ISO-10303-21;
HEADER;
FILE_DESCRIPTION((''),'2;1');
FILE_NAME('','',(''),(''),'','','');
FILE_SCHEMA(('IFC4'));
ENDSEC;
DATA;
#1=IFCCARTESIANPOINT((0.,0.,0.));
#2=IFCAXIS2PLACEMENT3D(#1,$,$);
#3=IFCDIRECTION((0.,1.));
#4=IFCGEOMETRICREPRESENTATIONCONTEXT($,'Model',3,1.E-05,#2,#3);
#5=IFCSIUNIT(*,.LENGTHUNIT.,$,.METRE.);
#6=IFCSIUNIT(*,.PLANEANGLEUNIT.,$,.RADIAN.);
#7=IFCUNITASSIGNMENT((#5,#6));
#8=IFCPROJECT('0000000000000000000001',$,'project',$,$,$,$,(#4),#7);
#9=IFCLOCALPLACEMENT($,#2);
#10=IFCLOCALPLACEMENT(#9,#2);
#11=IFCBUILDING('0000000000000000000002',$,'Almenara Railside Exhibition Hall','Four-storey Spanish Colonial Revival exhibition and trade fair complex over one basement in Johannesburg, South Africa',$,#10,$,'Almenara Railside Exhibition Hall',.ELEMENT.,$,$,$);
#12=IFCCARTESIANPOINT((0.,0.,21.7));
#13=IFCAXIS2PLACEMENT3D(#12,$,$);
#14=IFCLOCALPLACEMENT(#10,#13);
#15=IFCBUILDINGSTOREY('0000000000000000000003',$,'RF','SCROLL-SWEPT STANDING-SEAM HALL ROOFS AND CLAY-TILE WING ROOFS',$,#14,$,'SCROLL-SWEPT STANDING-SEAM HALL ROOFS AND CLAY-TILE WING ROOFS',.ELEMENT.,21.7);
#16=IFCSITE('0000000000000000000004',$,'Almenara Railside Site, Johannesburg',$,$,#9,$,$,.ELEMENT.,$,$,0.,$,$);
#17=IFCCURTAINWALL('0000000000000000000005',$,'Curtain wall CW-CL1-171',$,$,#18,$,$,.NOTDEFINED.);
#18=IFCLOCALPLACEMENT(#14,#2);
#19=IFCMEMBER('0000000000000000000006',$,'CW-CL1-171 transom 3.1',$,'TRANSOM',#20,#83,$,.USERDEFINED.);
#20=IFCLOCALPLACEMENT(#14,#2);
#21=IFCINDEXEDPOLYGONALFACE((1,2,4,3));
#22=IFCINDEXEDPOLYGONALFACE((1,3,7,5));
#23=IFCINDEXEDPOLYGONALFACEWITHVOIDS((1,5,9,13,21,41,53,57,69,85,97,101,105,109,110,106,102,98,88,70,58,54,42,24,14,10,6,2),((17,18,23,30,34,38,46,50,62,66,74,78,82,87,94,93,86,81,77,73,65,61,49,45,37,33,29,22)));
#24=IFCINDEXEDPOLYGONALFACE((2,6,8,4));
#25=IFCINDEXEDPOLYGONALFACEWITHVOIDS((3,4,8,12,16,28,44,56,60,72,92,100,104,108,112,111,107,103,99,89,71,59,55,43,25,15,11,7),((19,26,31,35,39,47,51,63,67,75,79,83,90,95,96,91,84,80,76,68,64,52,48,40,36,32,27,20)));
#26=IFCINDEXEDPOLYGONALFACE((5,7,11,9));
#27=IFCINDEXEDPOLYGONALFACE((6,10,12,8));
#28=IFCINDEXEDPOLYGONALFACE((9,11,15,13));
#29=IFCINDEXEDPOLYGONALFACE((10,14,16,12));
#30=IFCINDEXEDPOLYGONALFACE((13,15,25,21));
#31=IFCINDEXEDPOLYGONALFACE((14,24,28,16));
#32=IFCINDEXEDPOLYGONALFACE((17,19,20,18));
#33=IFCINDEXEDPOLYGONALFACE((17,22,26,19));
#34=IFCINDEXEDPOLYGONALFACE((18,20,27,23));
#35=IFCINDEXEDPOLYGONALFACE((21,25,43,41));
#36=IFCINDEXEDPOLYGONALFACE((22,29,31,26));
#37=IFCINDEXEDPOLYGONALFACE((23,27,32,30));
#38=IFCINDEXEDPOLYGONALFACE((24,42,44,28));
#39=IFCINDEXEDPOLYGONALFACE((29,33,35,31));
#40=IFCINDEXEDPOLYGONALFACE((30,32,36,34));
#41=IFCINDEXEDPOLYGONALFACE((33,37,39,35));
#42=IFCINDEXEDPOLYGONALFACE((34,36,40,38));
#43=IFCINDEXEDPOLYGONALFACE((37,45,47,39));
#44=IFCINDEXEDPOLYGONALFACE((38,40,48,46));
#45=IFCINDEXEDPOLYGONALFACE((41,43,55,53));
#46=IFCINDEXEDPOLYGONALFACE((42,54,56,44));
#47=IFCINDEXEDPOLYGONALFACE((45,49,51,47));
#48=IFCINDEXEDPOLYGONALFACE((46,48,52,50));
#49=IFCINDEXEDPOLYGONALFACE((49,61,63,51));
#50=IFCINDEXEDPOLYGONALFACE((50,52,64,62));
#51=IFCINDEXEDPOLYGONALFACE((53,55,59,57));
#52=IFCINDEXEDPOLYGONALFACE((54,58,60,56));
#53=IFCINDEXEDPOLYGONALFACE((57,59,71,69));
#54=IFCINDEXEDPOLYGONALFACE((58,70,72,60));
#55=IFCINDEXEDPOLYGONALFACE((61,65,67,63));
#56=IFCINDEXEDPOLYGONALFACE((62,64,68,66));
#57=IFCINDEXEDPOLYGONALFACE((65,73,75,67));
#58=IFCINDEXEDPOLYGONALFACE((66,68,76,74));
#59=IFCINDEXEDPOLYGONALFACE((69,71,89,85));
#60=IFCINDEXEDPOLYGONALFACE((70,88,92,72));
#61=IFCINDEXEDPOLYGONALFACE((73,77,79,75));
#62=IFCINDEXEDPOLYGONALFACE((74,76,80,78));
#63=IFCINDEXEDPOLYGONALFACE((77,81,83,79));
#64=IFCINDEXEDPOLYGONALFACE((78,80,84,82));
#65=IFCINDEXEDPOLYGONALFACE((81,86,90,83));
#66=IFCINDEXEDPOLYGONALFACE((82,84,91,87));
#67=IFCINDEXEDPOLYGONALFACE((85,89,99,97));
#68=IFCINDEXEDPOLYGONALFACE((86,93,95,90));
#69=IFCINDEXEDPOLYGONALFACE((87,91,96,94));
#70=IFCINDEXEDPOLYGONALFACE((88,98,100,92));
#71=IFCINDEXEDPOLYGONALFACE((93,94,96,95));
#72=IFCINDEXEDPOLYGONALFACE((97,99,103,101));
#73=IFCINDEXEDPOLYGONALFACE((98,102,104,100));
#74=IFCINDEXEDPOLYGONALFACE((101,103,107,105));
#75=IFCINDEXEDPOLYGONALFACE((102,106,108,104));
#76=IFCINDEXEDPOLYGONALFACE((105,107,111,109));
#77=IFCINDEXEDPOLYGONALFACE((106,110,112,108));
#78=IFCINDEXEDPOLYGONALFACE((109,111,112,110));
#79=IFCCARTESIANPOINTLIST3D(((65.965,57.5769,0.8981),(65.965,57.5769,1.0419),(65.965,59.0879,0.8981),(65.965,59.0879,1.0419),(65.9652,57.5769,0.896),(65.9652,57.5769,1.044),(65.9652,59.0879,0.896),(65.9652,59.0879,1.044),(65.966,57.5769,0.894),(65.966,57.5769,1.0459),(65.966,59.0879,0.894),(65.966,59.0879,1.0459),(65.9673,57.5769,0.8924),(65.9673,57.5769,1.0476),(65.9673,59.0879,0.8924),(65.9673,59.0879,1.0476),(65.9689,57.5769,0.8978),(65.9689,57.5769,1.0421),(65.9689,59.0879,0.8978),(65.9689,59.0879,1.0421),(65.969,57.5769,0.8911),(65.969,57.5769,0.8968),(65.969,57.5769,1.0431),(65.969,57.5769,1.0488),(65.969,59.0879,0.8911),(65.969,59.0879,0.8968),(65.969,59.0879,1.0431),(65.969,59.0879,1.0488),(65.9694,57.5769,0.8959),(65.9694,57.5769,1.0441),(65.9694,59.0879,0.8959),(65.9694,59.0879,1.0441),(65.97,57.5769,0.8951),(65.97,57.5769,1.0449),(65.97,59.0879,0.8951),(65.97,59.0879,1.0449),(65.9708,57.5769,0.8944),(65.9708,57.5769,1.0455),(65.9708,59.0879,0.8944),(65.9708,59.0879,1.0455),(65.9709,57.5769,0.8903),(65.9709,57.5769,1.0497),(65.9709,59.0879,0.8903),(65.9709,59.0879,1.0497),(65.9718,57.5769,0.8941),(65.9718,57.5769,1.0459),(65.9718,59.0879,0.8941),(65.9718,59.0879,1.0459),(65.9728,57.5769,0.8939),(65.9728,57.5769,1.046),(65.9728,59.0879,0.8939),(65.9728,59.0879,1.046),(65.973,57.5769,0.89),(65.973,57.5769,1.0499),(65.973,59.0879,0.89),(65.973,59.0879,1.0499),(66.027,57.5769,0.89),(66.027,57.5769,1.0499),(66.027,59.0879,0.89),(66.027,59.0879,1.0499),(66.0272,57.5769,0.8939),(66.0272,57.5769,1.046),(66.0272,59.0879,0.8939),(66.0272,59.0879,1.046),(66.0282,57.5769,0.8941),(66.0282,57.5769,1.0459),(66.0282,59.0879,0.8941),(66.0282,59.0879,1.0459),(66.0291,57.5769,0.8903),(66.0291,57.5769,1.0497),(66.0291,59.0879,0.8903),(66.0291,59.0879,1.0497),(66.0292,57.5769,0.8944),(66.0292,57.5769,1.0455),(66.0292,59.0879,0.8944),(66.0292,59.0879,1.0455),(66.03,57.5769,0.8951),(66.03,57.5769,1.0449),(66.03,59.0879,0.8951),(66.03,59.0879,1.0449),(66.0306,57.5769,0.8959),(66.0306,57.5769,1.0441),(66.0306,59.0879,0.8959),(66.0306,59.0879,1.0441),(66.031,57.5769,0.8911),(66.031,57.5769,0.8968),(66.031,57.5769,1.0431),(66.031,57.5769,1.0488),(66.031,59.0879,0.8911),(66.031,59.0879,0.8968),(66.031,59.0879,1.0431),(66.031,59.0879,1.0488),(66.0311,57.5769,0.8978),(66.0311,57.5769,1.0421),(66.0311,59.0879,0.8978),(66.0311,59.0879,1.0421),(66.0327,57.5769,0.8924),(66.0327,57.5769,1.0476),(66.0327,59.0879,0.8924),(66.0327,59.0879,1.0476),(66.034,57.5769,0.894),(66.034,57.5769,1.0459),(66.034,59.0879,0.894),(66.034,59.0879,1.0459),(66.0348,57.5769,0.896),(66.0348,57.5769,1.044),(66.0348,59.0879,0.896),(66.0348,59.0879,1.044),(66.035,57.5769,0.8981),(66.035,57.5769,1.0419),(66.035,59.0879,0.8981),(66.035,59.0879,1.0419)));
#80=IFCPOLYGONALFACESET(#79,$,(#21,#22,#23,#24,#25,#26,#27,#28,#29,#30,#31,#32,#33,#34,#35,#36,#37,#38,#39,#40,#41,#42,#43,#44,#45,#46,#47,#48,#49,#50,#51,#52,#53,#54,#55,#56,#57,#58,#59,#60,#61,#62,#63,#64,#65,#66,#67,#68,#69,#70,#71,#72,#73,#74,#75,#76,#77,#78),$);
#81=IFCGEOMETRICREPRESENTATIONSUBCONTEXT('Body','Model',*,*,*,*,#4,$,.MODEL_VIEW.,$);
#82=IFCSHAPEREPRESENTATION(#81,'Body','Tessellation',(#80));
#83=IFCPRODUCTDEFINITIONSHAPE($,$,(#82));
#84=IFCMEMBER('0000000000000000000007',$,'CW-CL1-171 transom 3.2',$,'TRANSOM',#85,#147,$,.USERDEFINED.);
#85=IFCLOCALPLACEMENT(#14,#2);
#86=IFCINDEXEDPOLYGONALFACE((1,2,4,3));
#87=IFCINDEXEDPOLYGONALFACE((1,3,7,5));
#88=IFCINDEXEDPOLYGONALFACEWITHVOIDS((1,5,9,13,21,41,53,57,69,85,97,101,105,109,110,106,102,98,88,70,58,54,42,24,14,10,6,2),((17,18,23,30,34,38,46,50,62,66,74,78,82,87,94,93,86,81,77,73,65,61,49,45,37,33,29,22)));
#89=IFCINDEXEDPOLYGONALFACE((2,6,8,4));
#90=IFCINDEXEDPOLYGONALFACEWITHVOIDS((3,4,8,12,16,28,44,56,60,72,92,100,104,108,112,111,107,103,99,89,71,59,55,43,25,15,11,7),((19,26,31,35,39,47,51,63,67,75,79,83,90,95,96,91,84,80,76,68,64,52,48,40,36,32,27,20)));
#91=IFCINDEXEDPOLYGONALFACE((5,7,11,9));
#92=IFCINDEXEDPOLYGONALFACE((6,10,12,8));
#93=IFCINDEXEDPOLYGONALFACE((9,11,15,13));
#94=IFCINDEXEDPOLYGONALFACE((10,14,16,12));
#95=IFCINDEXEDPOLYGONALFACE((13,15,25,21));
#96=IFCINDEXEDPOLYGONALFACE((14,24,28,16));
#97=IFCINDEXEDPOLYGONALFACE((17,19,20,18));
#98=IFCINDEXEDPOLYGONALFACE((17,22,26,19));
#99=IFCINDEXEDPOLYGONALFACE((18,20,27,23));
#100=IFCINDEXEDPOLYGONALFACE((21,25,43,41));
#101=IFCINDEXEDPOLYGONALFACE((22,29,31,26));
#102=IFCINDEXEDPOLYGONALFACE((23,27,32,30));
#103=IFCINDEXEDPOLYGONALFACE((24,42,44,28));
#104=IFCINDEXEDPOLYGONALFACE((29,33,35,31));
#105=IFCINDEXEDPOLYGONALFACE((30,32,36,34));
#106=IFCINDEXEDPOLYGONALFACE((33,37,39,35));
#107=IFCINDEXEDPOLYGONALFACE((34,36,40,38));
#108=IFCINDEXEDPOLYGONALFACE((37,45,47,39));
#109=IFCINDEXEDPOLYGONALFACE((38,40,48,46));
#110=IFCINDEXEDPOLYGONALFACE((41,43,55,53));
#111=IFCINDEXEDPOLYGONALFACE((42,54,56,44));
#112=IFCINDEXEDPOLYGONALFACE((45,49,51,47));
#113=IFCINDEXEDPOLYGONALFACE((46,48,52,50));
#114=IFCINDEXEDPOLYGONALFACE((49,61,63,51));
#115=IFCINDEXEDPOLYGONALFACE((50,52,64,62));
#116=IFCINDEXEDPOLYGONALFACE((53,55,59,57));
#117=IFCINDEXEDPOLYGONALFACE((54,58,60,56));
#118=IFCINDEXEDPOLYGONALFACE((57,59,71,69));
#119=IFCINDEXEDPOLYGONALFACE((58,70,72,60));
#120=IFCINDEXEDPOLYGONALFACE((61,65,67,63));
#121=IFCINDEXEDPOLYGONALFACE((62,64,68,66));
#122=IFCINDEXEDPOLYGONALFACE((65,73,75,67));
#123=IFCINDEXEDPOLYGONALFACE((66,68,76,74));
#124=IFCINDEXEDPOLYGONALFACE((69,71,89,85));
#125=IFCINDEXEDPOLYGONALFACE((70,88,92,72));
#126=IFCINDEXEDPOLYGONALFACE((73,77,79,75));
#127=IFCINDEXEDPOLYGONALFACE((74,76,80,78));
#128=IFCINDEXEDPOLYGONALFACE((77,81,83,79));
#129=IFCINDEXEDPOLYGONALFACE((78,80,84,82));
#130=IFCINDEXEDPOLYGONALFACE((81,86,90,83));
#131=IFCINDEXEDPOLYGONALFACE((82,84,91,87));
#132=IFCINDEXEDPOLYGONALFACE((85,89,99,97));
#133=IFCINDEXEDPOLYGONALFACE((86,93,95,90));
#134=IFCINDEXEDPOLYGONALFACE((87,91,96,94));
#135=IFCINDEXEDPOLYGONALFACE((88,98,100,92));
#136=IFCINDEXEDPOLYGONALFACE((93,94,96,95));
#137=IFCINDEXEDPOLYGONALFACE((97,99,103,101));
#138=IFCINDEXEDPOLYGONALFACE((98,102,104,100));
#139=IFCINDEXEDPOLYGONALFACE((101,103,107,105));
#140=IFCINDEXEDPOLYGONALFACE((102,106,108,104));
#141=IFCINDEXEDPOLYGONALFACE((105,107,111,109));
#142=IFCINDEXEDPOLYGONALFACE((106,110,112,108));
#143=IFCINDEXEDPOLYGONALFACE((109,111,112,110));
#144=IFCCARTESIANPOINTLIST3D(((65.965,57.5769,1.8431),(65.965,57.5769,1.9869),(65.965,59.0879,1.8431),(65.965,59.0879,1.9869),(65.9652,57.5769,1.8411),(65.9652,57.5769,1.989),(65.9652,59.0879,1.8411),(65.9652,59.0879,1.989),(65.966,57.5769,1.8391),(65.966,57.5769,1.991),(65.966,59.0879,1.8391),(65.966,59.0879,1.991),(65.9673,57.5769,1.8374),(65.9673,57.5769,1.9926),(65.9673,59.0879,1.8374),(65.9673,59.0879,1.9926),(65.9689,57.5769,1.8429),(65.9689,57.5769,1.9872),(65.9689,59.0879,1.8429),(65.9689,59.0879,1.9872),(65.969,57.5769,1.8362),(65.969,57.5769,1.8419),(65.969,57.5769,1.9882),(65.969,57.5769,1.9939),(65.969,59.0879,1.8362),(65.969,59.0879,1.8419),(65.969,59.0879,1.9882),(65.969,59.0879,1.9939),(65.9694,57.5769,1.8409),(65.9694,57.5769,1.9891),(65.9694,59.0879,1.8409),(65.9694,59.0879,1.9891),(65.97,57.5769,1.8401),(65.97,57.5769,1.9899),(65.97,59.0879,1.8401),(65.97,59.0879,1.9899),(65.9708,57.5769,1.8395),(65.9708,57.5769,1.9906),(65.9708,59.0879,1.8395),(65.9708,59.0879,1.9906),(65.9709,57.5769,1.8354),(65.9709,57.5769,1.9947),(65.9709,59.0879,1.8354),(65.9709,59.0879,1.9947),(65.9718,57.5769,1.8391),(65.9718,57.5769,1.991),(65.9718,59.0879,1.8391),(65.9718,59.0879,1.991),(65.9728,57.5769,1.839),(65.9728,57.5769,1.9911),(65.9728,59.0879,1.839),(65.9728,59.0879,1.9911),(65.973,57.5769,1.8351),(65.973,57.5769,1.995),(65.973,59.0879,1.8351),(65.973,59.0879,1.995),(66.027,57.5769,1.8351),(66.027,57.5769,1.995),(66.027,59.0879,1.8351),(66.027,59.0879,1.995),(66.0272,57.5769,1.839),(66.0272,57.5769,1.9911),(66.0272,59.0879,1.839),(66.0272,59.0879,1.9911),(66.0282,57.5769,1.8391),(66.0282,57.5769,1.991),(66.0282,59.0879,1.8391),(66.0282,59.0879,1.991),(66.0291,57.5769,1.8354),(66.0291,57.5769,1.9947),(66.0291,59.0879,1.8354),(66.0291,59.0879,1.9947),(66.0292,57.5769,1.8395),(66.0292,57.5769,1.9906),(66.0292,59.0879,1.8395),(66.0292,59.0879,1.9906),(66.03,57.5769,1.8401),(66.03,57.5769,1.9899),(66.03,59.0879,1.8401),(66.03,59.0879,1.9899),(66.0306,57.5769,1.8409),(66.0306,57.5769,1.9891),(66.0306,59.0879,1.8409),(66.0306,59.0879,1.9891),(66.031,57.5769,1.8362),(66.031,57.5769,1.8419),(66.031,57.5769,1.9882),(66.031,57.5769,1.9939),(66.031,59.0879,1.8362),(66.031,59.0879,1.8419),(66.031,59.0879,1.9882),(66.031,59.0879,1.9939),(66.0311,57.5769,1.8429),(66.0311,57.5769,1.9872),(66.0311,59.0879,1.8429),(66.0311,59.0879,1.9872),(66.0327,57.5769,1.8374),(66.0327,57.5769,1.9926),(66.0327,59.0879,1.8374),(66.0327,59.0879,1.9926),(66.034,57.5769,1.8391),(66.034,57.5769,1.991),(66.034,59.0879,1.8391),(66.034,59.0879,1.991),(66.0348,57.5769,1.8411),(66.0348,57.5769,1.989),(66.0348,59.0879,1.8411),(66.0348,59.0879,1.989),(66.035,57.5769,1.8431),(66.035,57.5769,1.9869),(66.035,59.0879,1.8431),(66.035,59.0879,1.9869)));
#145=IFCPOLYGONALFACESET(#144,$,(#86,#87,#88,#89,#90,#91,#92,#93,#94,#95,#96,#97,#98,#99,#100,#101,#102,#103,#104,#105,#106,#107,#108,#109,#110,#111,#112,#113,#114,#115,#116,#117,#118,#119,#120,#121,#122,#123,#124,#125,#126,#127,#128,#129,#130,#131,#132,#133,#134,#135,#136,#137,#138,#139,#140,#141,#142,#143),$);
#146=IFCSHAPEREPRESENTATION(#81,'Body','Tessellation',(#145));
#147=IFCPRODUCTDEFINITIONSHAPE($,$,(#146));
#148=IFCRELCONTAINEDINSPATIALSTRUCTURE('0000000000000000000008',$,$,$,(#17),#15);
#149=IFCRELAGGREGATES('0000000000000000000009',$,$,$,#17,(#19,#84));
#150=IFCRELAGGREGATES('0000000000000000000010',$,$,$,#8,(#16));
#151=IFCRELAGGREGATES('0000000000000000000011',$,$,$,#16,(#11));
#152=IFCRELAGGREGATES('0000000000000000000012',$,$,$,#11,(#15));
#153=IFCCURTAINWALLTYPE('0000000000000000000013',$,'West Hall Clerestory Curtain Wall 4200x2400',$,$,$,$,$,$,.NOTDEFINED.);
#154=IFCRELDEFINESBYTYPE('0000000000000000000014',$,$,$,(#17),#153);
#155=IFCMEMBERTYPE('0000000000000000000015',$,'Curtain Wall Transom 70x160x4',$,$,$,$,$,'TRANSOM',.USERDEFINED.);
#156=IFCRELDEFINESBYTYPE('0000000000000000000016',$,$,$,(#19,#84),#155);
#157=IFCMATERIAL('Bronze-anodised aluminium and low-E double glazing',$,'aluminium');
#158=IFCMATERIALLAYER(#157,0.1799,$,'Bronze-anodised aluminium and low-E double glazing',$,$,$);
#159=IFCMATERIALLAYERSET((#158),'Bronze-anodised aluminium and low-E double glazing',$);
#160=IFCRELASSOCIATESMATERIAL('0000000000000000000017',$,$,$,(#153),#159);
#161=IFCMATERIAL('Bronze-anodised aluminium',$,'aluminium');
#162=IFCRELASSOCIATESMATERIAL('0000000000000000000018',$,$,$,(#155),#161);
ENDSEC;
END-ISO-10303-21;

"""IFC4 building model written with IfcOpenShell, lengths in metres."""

from ifc_helpers import new_model, si_unit, direction, frame, origin, origin_2d, place, context, subcontext, project, spatial, hollow_rectangle, extrude, material, layer, layer_set, material_profile, profile_set, type_object, element, aggregate, save


model = new_model("IFC4")

# Units and contexts
model_context = context("Model", 3, precision=1e-05, world=origin(), true_north=direction((0.0, 1.0)))
body_context = subcontext(model_context, "Body", "Model", "MODEL_VIEW")
ifc_project = project(units=[si_unit("LENGTHUNIT", "METRE"), si_unit("PLANEANGLEUNIT", "RADIAN")], contexts=[model_context])

# Site, building, storey
site_placement = place(None, origin())
site = spatial("IfcSite", under=ifc_project, at=site_placement, Name="Almenara Railside Site, Johannesburg", CompositionType="ELEMENT", RefElevation=0.0)
building_placement = place(site_placement, origin())
building = spatial("IfcBuilding", under=site, at=building_placement, Name="Almenara Railside Exhibition Hall", Description="Four-storey Spanish Colonial Revival exhibition and trade fair complex over one basement in Johannesburg, South Africa", LongName="Almenara Railside Exhibition Hall", CompositionType="ELEMENT")
storey_placement = place(building_placement, frame((0.0, 0.0, 21.7)))
storey = spatial("IfcBuildingStorey", under=building, at=storey_placement, Name="RF", Description="SCROLL-SWEPT STANDING-SEAM HALL ROOFS AND CLAY-TILE WING ROOFS", LongName="SCROLL-SWEPT STANDING-SEAM HALL ROOFS AND CLAY-TILE WING ROOFS", CompositionType="ELEMENT", Elevation=21.7)

# Curtain wall
ifc_material_1 = material(Name="Bronze-anodised aluminium and low-E double glazing", Category="aluminium")
ifc_layer_1 = layer(ifc_material_1, 0.1799, Name="Bronze-anodised aluminium and low-E double glazing")
ifc_layer_set_1 = layer_set([ifc_layer_1], Name="Bronze-anodised aluminium and low-E double glazing")
curtain_wall_type = type_object("IfcCurtainWallType", Name="West Hall Clerestory Curtain Wall 4200x2400", PredefinedType="NOTDEFINED", material=ifc_layer_set_1)
ifc_material_2 = material(Name="Bronze-anodised aluminium", Category="aluminium")
curtain_wall_1_placement = place(storey_placement, origin())
curtain_wall_1 = element("IfcCurtainWall", 1, at=curtain_wall_1_placement, inside=storey, type_object=curtain_wall_type, Name="Curtain wall CW-CL1-171", PredefinedType="NOTDEFINED")

# Members
ifc_material_profile_1 = material_profile(ifc_material_2, hollow_rectangle(XDim=0.0701, YDim=0.1599, WallThickness=0.0039, InnerFilletRadius=0.0039, OuterFilletRadius=0.0081, at=origin_2d()), Name="ALU-TRN 70x160x4")
ifc_profile_set_1 = profile_set([ifc_material_profile_1], Name="Bronze-anodised aluminium")
member_type_1 = type_object("IfcMemberType", Name="Curtain Wall Transom 70x160x4", ElementType="TRANSOM", PredefinedType="USERDEFINED", material=ifc_profile_set_1)
member_1_placement = place(storey_placement, frame((66.0, 57.5769, 0.97), z_axis=(0.0, 1.0, 0.0), x_axis=(-1.0, 0.0, 0.0)))
member_1 = element("IfcMember", 2, at=member_1_placement, type_object=member_type_1, Name="CW-CL1-171 transom 3.1", ObjectType="TRANSOM", PredefinedType="USERDEFINED", context=body_context, shape_type="SweptSolid", body=[
    extrude(hollow_rectangle(XDim=0.0701, YDim=0.1599, WallThickness=0.0039, InnerFilletRadius=0.0039, OuterFilletRadius=0.0081, at=origin_2d()), origin(), (0.0, 0.0, 1.0), 1.511),
])
member_2_placement = place(storey_placement, frame((66.0, 57.5769, 1.915), z_axis=(0.0, 1.0, 0.0), x_axis=(-1.0, 0.0, 0.0)))
member_2 = element("IfcMember", 3, at=member_2_placement, type_object=member_type_1, Name="CW-CL1-171 transom 3.2", ObjectType="TRANSOM", PredefinedType="USERDEFINED", context=body_context, shape_type="SweptSolid", body=[
    extrude(hollow_rectangle(XDim=0.0701, YDim=0.1599, WallThickness=0.0039, InnerFilletRadius=0.0039, OuterFilletRadius=0.0081, at=origin_2d()), origin(), (0.0, 0.0, 1.0), 1.511),
])

aggregate(curtain_wall_1, [member_1, member_2])

save(model, "model.ifc")
